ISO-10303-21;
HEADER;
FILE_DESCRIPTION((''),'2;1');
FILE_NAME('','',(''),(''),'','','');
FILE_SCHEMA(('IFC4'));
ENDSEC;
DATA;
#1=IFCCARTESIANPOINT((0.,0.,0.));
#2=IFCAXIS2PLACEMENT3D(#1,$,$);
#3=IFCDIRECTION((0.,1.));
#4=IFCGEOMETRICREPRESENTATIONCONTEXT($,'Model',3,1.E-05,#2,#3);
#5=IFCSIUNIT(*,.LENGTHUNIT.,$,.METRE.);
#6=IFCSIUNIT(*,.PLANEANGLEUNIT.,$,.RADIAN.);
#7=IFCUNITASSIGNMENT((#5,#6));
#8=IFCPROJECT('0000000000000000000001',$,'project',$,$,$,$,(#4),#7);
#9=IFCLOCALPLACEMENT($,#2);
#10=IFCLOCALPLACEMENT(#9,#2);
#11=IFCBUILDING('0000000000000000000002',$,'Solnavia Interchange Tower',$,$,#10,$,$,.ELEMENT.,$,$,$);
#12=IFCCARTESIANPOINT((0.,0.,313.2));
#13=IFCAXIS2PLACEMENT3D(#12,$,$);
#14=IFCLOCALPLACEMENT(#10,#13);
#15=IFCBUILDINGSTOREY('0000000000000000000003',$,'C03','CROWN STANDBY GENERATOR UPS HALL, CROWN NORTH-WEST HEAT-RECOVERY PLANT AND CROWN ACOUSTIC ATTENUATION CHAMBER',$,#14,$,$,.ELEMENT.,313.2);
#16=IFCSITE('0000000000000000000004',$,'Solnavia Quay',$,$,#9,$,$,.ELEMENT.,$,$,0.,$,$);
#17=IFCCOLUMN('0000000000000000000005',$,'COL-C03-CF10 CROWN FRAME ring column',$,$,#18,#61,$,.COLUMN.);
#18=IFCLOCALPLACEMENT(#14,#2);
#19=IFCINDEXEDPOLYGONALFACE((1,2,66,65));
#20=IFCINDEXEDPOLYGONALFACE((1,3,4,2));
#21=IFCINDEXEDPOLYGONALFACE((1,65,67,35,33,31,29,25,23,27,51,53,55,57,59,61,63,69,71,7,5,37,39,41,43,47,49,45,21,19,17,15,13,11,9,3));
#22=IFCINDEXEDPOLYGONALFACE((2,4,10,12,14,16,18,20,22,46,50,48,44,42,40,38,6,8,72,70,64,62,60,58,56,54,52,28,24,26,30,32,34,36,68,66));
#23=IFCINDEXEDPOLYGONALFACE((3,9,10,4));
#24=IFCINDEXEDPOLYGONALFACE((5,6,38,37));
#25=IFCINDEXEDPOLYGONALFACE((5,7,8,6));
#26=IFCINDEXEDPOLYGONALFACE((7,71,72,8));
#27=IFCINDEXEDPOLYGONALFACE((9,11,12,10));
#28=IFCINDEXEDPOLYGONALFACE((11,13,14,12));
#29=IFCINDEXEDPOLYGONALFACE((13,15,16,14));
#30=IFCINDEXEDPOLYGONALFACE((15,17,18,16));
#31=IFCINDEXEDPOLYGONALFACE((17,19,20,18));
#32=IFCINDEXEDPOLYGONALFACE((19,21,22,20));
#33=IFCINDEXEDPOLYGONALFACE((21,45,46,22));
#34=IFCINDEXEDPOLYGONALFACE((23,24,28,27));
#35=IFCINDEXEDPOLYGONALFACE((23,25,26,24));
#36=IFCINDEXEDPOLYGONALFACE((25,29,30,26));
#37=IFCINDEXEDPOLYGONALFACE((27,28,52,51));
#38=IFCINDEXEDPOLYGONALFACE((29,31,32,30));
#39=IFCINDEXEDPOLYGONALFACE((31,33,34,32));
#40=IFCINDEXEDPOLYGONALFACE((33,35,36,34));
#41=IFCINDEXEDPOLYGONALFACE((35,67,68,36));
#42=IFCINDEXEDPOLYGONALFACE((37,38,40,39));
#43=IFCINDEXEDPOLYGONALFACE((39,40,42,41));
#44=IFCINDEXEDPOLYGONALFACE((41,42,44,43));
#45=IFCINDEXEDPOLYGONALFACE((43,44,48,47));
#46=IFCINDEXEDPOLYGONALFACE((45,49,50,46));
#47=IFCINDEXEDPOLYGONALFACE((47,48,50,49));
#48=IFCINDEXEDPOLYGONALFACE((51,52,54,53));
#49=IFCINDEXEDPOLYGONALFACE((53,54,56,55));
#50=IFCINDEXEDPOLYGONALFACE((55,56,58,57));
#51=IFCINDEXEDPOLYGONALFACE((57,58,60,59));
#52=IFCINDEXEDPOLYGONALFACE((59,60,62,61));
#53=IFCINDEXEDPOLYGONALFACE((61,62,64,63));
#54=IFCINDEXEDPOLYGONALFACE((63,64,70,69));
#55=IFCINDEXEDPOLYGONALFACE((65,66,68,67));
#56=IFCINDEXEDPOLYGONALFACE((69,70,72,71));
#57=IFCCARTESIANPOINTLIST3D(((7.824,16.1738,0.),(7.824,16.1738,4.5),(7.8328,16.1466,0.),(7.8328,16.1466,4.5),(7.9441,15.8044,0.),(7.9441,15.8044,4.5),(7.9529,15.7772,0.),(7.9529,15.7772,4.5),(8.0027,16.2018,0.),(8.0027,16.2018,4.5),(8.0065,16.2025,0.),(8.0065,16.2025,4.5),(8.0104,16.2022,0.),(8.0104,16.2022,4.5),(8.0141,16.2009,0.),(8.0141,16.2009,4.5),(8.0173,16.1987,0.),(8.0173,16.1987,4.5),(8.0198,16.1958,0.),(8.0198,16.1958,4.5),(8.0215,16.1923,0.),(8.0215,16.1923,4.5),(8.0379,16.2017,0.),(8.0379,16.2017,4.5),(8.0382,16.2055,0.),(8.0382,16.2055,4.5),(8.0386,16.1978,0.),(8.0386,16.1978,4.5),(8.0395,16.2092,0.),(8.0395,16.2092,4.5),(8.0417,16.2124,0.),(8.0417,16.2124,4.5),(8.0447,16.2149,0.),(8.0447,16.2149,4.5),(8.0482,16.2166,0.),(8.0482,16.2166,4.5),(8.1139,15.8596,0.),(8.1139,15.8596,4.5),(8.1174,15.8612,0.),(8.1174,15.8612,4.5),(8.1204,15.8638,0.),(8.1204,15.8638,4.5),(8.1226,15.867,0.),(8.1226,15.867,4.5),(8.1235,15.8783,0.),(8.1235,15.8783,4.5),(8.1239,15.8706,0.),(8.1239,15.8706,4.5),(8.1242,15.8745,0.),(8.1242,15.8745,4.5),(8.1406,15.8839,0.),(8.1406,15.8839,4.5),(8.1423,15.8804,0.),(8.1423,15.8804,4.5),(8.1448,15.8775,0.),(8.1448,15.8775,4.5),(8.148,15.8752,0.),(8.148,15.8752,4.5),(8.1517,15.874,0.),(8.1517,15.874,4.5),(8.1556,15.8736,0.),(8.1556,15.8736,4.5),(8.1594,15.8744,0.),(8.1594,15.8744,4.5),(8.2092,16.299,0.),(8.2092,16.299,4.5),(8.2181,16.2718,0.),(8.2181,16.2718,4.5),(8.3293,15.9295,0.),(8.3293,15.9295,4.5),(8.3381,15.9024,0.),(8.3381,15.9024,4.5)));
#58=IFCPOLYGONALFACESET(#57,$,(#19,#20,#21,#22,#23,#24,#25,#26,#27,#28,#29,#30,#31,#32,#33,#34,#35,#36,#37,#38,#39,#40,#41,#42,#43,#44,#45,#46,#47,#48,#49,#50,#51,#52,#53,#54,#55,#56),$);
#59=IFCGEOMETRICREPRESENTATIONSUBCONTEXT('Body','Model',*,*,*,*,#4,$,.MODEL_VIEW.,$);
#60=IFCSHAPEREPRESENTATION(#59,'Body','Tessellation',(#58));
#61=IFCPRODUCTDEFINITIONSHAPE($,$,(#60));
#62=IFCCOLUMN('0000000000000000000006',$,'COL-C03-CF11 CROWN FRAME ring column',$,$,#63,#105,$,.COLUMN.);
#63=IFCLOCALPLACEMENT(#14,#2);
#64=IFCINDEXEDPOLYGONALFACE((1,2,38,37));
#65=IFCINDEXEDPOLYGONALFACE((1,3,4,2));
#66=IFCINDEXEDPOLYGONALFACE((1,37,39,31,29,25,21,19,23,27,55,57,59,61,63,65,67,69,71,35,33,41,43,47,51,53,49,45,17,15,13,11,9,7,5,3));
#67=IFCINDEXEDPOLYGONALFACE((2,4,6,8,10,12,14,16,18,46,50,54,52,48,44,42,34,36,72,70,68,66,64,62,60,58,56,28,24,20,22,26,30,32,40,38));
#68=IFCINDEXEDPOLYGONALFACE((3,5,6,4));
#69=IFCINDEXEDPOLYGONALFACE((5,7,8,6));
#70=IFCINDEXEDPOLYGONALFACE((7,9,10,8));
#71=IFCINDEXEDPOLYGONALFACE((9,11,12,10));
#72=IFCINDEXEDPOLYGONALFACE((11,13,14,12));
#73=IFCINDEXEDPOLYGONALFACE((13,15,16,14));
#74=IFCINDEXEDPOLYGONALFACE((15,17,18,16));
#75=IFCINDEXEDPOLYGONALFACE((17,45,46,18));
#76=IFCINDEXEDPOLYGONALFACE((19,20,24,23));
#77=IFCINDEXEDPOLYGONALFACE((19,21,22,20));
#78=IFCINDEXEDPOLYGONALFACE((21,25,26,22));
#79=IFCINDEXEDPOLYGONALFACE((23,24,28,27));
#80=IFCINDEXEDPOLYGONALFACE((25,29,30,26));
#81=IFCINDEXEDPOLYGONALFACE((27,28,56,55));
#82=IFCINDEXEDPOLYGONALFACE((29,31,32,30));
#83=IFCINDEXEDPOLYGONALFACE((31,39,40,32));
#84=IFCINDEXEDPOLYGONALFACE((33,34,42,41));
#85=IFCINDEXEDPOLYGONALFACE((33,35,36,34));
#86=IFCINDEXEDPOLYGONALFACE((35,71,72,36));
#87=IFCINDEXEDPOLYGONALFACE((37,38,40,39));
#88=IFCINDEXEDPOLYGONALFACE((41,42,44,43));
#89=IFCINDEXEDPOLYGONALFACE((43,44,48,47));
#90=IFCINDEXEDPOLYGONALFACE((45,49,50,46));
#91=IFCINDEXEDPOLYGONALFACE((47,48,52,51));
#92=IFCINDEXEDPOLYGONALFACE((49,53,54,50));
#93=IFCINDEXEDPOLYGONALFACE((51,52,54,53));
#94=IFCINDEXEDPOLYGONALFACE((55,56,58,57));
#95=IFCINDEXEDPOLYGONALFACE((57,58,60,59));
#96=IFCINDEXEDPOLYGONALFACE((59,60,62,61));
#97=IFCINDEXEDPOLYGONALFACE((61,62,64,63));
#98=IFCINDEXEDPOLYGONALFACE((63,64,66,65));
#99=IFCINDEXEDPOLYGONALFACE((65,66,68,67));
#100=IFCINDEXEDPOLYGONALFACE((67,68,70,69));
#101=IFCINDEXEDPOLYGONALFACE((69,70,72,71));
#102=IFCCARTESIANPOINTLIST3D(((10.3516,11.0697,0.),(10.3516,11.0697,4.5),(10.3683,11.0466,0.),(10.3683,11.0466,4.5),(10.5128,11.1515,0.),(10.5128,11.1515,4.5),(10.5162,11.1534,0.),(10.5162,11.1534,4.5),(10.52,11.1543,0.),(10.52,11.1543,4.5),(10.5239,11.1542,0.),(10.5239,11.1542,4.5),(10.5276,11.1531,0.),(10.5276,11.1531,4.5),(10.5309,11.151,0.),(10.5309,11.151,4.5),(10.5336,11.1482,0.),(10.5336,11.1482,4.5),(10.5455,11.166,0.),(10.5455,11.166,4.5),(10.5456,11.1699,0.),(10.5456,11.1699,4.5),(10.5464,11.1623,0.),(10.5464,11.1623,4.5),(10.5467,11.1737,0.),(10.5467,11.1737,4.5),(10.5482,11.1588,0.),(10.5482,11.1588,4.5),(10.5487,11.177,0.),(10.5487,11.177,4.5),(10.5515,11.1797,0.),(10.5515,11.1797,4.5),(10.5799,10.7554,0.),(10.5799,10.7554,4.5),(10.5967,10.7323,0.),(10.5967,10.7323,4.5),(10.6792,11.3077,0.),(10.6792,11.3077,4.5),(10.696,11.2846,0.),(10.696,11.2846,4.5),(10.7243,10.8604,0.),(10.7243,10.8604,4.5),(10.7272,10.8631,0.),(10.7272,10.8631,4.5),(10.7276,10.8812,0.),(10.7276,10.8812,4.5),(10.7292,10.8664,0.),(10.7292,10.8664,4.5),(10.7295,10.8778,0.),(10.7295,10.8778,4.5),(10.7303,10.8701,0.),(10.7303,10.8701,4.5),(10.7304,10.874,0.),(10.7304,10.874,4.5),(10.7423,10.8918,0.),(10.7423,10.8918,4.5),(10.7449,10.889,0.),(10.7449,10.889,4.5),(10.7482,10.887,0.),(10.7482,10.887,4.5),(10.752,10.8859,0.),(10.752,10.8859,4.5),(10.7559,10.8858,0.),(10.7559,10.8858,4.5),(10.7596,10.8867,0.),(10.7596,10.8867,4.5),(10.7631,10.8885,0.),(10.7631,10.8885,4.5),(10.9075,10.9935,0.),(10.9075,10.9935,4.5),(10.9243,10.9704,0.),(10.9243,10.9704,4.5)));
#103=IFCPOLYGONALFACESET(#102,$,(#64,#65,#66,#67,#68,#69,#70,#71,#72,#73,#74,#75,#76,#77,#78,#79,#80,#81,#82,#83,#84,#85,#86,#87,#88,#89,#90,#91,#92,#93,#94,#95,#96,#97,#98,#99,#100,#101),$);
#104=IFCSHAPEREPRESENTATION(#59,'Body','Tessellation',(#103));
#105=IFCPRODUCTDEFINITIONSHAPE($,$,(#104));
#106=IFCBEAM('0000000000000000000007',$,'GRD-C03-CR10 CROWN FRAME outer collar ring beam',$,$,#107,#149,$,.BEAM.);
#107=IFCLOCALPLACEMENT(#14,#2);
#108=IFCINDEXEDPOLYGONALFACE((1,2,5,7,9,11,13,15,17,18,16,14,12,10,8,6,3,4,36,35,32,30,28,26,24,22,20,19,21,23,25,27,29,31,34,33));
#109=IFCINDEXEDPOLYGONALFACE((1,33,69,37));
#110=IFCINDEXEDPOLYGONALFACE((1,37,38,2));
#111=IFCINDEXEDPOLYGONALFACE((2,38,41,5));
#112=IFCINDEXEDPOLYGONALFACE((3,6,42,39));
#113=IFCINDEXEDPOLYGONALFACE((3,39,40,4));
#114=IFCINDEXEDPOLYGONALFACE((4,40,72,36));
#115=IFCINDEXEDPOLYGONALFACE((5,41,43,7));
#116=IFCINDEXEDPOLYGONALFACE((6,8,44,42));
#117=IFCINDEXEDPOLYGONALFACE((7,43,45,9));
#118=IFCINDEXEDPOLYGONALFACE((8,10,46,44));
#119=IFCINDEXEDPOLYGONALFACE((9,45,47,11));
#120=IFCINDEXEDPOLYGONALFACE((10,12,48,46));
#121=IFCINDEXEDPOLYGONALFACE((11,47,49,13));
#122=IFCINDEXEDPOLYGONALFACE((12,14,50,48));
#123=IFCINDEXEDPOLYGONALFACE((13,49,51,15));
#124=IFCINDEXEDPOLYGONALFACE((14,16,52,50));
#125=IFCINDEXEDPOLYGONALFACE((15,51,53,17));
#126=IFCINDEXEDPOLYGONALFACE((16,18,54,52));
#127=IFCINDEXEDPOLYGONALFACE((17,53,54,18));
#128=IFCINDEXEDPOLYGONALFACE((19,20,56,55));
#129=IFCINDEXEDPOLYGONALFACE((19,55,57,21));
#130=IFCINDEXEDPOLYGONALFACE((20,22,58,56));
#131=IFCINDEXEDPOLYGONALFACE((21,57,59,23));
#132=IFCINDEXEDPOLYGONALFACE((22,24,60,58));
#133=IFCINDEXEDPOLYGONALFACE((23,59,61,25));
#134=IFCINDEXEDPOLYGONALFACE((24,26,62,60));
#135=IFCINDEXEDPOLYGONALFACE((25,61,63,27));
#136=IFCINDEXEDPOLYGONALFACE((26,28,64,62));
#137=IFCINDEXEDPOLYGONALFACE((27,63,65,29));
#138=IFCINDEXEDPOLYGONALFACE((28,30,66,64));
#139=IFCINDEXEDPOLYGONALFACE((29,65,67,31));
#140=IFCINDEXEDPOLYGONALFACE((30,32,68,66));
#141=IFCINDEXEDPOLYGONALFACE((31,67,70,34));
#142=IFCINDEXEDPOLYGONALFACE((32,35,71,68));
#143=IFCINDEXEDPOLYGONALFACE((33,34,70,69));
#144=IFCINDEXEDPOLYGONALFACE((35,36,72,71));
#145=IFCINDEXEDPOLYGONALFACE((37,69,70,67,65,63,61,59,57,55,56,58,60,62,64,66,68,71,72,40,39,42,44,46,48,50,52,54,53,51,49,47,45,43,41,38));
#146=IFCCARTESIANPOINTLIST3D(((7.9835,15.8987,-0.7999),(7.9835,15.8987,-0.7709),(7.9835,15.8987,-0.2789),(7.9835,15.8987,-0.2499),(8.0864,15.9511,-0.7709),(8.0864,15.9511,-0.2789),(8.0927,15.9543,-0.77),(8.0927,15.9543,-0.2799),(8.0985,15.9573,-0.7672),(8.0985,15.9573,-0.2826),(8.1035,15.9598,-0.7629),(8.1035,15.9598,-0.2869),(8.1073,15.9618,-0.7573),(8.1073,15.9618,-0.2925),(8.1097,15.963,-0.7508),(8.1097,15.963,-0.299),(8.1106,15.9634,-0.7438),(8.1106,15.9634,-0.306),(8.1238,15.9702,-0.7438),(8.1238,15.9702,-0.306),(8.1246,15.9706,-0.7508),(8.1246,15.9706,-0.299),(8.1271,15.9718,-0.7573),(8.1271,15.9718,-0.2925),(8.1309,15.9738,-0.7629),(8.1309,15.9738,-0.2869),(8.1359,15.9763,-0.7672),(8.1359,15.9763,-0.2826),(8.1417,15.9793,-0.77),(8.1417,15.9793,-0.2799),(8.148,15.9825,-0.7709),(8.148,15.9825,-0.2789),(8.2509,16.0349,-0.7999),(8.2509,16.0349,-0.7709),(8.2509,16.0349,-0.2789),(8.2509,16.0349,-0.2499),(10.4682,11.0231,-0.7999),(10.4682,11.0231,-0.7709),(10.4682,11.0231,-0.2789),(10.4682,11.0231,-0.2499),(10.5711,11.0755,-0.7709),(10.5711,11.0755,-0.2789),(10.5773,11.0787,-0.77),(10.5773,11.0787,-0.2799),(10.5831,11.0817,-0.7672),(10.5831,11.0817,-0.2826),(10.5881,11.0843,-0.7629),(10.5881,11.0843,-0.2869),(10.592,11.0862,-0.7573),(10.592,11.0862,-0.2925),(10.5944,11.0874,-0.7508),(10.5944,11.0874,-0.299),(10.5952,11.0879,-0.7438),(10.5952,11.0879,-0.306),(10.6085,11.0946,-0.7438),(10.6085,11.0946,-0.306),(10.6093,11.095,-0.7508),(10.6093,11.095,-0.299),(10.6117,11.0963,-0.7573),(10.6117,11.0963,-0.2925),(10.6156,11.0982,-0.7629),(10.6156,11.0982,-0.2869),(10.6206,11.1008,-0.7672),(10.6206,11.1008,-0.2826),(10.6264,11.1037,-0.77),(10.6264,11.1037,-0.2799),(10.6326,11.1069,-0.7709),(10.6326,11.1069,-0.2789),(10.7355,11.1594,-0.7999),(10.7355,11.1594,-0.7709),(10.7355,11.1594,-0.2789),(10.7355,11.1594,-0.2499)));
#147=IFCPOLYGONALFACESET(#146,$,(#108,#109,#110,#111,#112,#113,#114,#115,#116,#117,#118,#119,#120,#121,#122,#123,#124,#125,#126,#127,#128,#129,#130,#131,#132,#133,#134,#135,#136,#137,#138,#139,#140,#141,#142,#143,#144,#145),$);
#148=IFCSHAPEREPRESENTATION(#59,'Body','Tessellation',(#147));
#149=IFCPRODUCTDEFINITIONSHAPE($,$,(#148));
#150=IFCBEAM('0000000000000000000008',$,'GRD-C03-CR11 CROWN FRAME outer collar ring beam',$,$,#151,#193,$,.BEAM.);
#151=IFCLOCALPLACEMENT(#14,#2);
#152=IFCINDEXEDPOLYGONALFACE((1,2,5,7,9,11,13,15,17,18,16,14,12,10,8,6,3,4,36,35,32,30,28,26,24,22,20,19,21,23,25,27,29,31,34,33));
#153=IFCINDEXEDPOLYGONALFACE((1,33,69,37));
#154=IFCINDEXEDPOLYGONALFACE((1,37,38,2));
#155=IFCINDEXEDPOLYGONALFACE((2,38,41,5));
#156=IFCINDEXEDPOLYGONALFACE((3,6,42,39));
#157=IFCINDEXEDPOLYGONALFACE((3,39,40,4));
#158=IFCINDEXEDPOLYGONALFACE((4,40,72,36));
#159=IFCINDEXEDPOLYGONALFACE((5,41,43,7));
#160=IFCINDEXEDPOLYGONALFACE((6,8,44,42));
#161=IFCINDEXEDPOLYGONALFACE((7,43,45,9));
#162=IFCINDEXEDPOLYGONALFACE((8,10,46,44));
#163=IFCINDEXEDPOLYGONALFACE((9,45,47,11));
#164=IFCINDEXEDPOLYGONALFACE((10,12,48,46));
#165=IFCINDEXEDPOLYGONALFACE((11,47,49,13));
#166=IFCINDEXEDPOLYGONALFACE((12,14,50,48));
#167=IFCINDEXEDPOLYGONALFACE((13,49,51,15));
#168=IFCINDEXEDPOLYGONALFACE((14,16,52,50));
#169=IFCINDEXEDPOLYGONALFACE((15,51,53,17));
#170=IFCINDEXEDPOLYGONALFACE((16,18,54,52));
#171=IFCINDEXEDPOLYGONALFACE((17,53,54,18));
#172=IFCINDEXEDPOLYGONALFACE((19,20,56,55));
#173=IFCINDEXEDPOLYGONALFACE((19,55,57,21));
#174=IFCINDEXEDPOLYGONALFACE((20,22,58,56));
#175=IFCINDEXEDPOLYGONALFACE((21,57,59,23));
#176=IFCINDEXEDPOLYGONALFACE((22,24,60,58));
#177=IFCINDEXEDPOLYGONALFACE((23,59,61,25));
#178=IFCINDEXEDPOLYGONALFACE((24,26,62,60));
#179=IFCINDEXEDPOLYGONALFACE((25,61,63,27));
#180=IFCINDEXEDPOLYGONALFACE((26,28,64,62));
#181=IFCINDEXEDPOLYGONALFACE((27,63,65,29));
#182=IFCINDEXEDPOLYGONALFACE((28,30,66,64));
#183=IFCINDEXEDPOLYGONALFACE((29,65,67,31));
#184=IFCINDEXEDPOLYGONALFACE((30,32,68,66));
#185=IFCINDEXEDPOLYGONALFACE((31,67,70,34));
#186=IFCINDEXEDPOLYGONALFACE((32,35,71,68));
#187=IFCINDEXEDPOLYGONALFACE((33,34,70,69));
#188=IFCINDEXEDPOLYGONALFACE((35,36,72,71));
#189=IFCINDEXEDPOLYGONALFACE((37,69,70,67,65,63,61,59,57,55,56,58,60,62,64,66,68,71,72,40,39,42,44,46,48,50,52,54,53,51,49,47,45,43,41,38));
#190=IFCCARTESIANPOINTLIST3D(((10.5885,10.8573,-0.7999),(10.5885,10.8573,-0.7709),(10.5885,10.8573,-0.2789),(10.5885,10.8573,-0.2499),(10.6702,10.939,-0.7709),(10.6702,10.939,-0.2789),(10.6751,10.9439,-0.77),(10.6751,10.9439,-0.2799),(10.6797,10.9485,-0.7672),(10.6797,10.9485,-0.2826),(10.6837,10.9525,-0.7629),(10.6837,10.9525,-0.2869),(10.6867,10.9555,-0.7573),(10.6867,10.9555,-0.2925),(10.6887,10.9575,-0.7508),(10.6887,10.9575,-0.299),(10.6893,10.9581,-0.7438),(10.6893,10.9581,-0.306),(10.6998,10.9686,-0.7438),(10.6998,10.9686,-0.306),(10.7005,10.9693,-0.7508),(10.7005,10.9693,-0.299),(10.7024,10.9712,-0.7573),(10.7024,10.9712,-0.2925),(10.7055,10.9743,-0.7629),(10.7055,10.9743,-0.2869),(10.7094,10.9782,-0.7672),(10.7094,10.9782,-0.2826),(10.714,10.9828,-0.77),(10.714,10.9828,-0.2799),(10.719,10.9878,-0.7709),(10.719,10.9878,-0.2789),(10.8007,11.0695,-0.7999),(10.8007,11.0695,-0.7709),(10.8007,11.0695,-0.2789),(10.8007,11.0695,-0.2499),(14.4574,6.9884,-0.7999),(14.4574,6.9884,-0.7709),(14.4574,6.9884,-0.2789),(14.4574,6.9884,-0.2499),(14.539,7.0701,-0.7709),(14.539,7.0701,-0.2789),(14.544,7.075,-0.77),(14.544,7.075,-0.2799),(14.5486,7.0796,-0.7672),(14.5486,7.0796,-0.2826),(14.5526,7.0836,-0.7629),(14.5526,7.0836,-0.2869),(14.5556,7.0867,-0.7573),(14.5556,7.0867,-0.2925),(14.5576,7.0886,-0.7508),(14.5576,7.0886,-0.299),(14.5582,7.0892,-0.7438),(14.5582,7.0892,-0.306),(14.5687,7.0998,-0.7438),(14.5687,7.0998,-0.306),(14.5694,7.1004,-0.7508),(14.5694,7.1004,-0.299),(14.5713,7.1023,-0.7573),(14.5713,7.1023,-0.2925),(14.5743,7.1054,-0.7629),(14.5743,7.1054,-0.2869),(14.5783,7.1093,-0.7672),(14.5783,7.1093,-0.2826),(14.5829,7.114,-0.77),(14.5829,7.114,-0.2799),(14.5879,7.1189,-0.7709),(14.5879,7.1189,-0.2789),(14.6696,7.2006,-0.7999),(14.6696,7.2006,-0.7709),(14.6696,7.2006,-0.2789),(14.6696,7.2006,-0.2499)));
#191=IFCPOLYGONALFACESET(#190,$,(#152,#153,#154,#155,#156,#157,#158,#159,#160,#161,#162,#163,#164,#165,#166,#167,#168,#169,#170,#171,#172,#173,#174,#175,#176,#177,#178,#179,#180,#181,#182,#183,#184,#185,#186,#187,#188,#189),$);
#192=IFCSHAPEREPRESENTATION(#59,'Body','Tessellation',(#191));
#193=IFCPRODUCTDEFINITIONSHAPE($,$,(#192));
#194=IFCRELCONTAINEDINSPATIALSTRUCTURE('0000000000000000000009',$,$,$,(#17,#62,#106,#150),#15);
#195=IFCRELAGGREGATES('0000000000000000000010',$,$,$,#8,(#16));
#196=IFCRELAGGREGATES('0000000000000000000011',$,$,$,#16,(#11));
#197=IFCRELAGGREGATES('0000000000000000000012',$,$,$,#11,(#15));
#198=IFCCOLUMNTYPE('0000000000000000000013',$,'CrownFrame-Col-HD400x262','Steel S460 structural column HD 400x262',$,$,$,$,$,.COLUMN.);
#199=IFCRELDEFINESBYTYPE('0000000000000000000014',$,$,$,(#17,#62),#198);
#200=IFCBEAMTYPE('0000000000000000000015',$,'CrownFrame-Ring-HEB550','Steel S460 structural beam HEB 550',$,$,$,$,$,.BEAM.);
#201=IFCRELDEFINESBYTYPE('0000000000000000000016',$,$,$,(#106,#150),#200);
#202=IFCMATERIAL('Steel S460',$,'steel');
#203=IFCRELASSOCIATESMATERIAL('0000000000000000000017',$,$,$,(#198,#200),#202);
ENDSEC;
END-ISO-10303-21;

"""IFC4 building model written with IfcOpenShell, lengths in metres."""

from ifc_helpers import new_model, si_unit, direction, frame, origin, origin_2d, place, context, subcontext, project, spatial, i_section, extrude, material, material_profile, profile_set, type_object, element, save


model = new_model("IFC4")

# Units and contexts
model_context = context("Model", 3, precision=1e-05, world=origin(), true_north=direction((0.0, 1.0)))
body_context = subcontext(model_context, "Body", "Model", "MODEL_VIEW")
ifc_project = project(units=[si_unit("LENGTHUNIT", "METRE"), si_unit("PLANEANGLEUNIT", "RADIAN")], contexts=[model_context])

# Site, building, storey
site_placement = place(None, origin())
site = spatial("IfcSite", under=ifc_project, at=site_placement, Name="Solnavia Quay", CompositionType="ELEMENT", RefElevation=0.0)
building_placement = place(site_placement, origin())
building = spatial("IfcBuilding", under=site, at=building_placement, Name="Solnavia Interchange Tower", CompositionType="ELEMENT")
storey_placement = place(building_placement, frame((0.0, 0.0, 313.2)))
storey = spatial("IfcBuildingStorey", under=building, at=storey_placement, Name="C03", Description="CROWN STANDBY GENERATOR UPS HALL, CROWN NORTH-WEST HEAT-RECOVERY PLANT AND CROWN ACOUSTIC ATTENUATION CHAMBER", CompositionType="ELEMENT", Elevation=313.2)

# Columns
ifc_material_1 = material(Name="Steel S460", Category="steel")
ifc_material_profile_1 = material_profile(ifc_material_1, i_section(OverallWidth=0.405, OverallDepth=0.417, WebThickness=0.0181, FlangeThickness=0.0286, FilletRadius=0.0149, at=origin_2d()), Name="HD 400x262")
ifc_profile_set_1 = profile_set([ifc_material_profile_1], Name="Steel S460")
column_type = type_object("IfcColumnType", Name="CrownFrame-Col-HD400x262", Description="Steel S460 structural column HD 400x262", PredefinedType="COLUMN", material=ifc_profile_set_1)
for number, where, z_axis, x_axis, name in (
    (1, (8.0811, 16.0381, 0.0), (0.0, 0.0, 1.0), (-0.951057, -0.309017, 0.0), "COL-C03-CF10 CROWN FRAME ring column"),
    (2, (10.6379, 11.02, 0.0), (0.0, 0.0, 1.0), (-0.809017, -0.587785, 0.0), "COL-C03-CF11 CROWN FRAME ring column"),
):
    element("IfcColumn", number, at=place(storey_placement, frame(where, z_axis=z_axis, x_axis=x_axis)), inside=storey, type_object=column_type, Name=name, PredefinedType="COLUMN", context=body_context, shape_type="SweptSolid", body=[
        extrude(i_section(OverallWidth=0.405, OverallDepth=0.417, WebThickness=0.0181, FlangeThickness=0.0286, FilletRadius=0.0149, at=origin_2d()), origin(), (0.0, 0.0, 1.0), 4.5),
    ])

# Beams
ifc_material_profile_2 = material_profile(ifc_material_1, i_section(OverallWidth=0.3, OverallDepth=0.55, WebThickness=0.0149, FlangeThickness=0.0291, FilletRadius=0.0271, at=origin_2d()), Name="HEB 550")
ifc_profile_set_2 = profile_set([ifc_material_profile_2], Name="Steel S460")
beam_type = type_object("IfcBeamType", Name="CrownFrame-Ring-HEB550", Description="Steel S460 structural beam HEB 550", PredefinedType="BEAM", material=ifc_profile_set_2)
beam_1_placement = place(storey_placement, frame((8.1172, 15.9668, -0.5249), z_axis=(0.454053, -0.890974, 0.0), x_axis=(0.890974, 0.454053, 0.0)))
element("IfcBeam", 3, at=beam_1_placement, inside=storey, type_object=beam_type, Name="GRD-C03-CR10 CROWN FRAME outer collar ring beam", PredefinedType="BEAM", context=body_context, shape_type="SweptSolid", body=[
    extrude(i_section(OverallWidth=0.3, OverallDepth=0.55, WebThickness=0.0149, FlangeThickness=0.0291, FilletRadius=0.0271, at=origin_2d()), origin(), (0.0, 0.0, 1.0), 5.4722),
])
beam_2_placement = place(storey_placement, frame((10.6946, 10.9634, -0.5249), z_axis=(0.707107, -0.707107, 0.0), x_axis=(0.707107, 0.707107, 0.0)))
element("IfcBeam", 4, at=beam_2_placement, inside=storey, type_object=beam_type, Name="GRD-C03-CR11 CROWN FRAME outer collar ring beam", PredefinedType="BEAM", context=body_context, shape_type="SweptSolid", body=[
    extrude(i_section(OverallWidth=0.3, OverallDepth=0.55, WebThickness=0.0149, FlangeThickness=0.0291, FilletRadius=0.0271, at=origin_2d()), origin(), (0.0, 0.0, 1.0), 5.4714),
])

save(model, "model.ifc")
